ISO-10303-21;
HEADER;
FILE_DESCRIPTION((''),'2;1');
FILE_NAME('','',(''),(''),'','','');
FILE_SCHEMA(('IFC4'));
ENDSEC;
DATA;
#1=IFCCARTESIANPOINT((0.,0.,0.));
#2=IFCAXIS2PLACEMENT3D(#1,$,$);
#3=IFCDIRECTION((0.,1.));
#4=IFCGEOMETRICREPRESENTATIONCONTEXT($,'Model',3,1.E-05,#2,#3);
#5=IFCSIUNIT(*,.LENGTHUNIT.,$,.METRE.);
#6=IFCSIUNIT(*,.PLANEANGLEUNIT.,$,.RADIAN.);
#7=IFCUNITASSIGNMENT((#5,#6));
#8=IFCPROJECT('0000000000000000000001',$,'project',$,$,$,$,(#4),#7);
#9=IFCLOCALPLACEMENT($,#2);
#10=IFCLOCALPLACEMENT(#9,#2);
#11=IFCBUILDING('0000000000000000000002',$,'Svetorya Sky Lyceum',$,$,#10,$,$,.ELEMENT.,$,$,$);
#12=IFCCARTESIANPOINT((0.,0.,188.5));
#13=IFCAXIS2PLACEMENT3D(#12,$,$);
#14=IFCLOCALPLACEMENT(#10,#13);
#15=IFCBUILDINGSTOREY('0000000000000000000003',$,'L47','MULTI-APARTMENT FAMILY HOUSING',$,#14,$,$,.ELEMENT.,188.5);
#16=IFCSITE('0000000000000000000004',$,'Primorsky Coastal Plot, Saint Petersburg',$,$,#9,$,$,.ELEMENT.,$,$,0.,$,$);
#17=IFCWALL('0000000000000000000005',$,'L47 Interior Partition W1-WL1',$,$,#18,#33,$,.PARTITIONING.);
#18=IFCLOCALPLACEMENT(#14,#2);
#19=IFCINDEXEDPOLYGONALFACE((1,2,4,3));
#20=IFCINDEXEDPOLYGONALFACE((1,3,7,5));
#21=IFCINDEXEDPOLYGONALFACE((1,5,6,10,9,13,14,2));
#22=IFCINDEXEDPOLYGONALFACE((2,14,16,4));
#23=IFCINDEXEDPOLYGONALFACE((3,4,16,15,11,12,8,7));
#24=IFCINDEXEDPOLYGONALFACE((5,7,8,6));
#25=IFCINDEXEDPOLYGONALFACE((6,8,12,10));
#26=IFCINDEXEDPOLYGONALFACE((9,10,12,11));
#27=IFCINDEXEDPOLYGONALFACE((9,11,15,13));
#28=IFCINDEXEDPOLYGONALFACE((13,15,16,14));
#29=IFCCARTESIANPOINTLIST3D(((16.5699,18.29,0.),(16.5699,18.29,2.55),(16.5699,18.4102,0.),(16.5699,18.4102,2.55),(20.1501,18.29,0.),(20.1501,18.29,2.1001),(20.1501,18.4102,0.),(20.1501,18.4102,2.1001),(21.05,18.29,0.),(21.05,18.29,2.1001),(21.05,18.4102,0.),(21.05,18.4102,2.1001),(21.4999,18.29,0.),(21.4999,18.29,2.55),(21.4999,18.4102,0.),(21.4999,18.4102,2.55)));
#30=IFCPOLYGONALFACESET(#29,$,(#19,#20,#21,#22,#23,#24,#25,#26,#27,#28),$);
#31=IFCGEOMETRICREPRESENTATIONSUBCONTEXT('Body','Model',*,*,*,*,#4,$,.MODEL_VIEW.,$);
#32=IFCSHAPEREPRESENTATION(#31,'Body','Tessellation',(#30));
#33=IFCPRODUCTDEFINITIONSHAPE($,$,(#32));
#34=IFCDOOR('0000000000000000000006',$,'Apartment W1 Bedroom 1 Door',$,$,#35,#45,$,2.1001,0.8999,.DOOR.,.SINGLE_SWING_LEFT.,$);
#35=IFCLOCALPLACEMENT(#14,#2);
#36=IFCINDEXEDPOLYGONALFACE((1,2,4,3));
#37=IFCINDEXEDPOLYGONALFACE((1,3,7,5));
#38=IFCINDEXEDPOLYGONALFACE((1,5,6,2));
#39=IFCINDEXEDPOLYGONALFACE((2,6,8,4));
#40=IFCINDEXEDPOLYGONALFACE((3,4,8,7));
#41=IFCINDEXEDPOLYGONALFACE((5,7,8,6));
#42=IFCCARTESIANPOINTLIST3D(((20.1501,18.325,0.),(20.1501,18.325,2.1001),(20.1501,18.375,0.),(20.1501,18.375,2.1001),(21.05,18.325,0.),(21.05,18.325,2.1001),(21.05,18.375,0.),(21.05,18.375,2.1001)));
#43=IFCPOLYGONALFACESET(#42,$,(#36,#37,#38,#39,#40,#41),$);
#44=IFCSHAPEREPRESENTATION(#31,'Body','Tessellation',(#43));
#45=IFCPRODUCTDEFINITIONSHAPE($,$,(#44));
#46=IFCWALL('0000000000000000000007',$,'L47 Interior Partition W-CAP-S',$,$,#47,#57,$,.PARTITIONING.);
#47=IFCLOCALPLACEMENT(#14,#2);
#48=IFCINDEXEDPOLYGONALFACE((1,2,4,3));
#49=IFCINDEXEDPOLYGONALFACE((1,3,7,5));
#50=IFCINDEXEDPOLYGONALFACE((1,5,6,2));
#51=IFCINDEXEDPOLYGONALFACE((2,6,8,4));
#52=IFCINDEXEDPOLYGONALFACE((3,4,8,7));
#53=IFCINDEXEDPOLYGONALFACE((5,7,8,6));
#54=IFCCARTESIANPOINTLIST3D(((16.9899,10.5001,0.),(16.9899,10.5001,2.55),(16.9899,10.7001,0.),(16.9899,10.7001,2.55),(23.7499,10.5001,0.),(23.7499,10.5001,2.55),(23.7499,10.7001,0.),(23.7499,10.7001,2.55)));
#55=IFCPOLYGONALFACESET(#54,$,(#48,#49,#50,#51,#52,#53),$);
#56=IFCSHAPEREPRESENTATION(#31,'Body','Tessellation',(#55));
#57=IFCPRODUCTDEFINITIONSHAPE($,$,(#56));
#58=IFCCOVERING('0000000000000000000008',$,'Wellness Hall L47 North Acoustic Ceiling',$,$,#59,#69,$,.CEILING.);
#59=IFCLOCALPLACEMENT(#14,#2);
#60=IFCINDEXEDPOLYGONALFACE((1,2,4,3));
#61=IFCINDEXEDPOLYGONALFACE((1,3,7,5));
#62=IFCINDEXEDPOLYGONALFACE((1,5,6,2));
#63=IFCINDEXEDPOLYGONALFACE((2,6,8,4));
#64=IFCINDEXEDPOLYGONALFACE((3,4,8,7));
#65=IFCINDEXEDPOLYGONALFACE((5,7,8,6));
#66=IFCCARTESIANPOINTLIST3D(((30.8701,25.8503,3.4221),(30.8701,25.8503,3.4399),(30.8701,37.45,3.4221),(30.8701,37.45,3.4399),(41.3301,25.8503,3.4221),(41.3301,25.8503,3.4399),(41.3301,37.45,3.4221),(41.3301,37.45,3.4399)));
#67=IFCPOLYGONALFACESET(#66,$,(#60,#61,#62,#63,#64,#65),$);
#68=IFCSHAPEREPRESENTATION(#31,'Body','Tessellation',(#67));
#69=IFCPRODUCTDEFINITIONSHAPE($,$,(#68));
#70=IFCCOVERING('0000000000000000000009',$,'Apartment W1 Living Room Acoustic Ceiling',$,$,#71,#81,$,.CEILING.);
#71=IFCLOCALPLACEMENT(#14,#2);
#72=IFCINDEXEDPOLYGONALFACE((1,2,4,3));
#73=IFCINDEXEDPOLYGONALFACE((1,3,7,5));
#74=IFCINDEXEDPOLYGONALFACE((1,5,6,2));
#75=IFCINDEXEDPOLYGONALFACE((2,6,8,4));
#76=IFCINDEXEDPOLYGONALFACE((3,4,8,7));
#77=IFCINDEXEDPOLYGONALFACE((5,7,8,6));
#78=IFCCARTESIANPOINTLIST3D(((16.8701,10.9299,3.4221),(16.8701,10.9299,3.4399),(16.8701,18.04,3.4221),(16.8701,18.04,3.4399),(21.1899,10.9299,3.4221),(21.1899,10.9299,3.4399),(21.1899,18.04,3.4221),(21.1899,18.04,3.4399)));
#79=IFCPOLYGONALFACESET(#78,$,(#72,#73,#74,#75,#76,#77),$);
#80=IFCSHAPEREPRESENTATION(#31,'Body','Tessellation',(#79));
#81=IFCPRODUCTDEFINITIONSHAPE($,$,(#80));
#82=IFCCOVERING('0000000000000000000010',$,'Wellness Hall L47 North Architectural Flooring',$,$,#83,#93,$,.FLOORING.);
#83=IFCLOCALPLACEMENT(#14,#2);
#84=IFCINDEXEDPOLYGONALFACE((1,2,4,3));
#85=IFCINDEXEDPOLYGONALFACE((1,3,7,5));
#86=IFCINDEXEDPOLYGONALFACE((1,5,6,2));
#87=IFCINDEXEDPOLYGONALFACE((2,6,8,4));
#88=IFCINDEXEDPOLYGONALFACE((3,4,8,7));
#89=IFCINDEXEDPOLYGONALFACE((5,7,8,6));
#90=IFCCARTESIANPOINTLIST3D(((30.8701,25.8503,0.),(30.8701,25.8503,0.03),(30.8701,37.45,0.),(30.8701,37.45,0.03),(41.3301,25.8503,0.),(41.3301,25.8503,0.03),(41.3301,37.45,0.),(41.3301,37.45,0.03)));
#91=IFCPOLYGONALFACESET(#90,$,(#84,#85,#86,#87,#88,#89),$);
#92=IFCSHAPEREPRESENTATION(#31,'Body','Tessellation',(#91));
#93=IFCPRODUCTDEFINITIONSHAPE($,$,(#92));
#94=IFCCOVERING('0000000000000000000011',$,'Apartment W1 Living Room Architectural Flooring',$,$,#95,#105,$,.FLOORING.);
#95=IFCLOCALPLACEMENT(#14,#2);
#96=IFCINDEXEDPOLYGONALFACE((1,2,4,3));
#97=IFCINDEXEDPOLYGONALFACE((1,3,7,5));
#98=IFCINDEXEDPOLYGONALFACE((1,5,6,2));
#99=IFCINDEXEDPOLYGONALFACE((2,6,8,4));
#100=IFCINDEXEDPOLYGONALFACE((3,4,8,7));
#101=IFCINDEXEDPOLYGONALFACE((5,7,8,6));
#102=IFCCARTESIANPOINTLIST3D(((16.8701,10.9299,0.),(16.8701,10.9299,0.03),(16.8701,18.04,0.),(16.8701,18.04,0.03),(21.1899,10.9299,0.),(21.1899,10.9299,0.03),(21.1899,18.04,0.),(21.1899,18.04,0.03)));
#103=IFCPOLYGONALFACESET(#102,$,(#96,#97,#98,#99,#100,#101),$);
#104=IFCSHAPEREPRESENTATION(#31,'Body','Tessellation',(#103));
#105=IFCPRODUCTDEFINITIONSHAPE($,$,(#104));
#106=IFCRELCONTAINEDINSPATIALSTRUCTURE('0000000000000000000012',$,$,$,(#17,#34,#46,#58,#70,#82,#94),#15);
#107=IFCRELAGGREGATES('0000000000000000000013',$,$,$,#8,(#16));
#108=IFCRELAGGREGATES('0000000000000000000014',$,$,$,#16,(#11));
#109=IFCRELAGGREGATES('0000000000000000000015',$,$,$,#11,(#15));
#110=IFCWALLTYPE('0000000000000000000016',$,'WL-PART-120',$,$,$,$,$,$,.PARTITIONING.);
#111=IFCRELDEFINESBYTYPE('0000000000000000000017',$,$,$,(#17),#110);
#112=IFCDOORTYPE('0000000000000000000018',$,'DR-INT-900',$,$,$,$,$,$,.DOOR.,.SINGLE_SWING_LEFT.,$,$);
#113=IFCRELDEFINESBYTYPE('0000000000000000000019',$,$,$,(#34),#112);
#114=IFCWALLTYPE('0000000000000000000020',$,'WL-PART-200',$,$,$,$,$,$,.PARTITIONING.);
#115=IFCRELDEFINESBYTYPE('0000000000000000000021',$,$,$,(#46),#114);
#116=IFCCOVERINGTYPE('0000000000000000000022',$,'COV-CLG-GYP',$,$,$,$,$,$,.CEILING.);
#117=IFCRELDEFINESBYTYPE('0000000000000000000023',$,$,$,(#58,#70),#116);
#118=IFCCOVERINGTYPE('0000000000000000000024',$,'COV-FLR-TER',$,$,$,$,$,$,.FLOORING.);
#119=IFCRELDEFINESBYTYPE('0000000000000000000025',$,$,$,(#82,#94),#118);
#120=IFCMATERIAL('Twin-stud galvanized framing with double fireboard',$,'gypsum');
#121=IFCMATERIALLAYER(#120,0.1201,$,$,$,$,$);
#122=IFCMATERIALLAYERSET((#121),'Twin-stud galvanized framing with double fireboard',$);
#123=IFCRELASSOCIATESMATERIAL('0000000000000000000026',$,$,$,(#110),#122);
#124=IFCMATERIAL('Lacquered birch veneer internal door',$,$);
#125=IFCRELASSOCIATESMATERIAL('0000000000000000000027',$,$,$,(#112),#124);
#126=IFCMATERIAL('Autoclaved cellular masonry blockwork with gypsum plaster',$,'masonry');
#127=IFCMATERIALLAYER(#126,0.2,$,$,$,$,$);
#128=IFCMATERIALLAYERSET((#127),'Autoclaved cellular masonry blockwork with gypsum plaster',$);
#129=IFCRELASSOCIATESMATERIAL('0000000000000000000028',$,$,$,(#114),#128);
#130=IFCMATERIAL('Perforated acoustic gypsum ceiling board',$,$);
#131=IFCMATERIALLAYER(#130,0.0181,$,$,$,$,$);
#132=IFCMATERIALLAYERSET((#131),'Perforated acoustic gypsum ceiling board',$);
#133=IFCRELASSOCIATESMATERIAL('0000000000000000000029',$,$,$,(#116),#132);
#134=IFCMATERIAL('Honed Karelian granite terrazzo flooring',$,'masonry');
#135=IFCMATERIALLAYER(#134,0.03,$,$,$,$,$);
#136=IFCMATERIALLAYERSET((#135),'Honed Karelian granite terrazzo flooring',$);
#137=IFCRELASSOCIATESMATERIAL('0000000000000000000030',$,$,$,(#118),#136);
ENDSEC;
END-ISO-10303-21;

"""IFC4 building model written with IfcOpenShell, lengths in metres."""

from ifc_helpers import new_model, si_unit, direction, frame, frame_2d, origin, place, context, subcontext, project, spatial, polyline, rectangle, outline, extrude, material, layer, layer_set, type_object, element, fill, save


model = new_model("IFC4")

# Units and contexts
model_context = context("Model", 3, precision=1e-05, world=origin(), true_north=direction((0.0, 1.0)))
body_context = subcontext(model_context, "Body", "Model", "MODEL_VIEW")
ifc_project = project(units=[si_unit("LENGTHUNIT", "METRE"), si_unit("PLANEANGLEUNIT", "RADIAN")], contexts=[model_context])

# Site, building, storey
site_placement = place(None, origin())
site = spatial("IfcSite", under=ifc_project, at=site_placement, Name="Primorsky Coastal Plot, Saint Petersburg", CompositionType="ELEMENT", RefElevation=0.0)
building_placement = place(site_placement, origin())
building = spatial("IfcBuilding", under=site, at=building_placement, Name="Svetorya Sky Lyceum", CompositionType="ELEMENT")
storey_placement = place(building_placement, frame((0.0, 0.0, 188.5)))
storey = spatial("IfcBuildingStorey", under=building, at=storey_placement, Name="L47", Description="MULTI-APARTMENT FAMILY HOUSING", CompositionType="ELEMENT", Elevation=188.5)

# Wall, opening, door
ifc_material_1 = material(Name="Twin-stud galvanized framing with double fireboard", Category="gypsum")
ifc_layer_1 = layer(ifc_material_1, 0.1201)
ifc_layer_set_1 = layer_set([ifc_layer_1], Name="Twin-stud galvanized framing with double fireboard")
wall_type_1 = type_object("IfcWallType", Name="WL-PART-120", PredefinedType="PARTITIONING", material=ifc_layer_set_1)
wall_1_placement = place(storey_placement, frame((16.5701, 18.3501, 0.0), z_axis=(0.0, 0.0, 1.0), x_axis=(1.0, 0.0, 0.0)))
wall_1 = element("IfcWall", 1, at=wall_1_placement, inside=storey, type_object=wall_type_1, Name="L47 Interior Partition W1-WL1", PredefinedType="PARTITIONING", context=body_context, shape_type="SweptSolid", body=[
    extrude(rectangle(XDim=4.9299, YDim=0.1201, at=frame_2d((2.4648, 0.0))), origin(), (0.0, 0.0, 1.0), 2.55),
])
opening_placement = place(wall_1_placement, frame((3.5801, 0.0, 0.0)))
opening = element("IfcOpeningElement", 2, at=opening_placement, cuts=wall_1, PredefinedType="OPENING", context=body_context, shape_type="SweptSolid", body=[
    extrude(rectangle(XDim=0.8999, YDim=2.1001, at=frame_2d((0.45, 1.05))), frame((0.0, 0.0701, 0.0), z_axis=(0.0, -1.0, 0.0), x_axis=(1.0, 0.0, 0.0)), (0.0, 0.0, 1.0), 0.1401),
])
ifc_material_2 = material(Name="Lacquered birch veneer internal door")
door_type = type_object("IfcDoorType", Name="DR-INT-900", OperationType="SINGLE_SWING_LEFT", PredefinedType="DOOR", material=ifc_material_2)
door_placement = place(opening_placement, origin())
door = element("IfcDoor", 3, at=door_placement, inside=storey, type_object=door_type, Name="Apartment W1 Bedroom 1 Door", OperationType="SINGLE_SWING_LEFT", OverallHeight=2.1001, OverallWidth=0.8999, PredefinedType="DOOR", context=body_context, shape_type="SweptSolid", body=[
    extrude(rectangle(XDim=0.8999, YDim=2.1001, at=frame_2d((0.45, 1.05))), frame((0.0, 0.0249, 0.0), z_axis=(0.0, -1.0, 0.0), x_axis=(1.0, 0.0, 0.0)), (0.0, 0.0, 1.0), 0.05),
])
fill(opening, door)

# Wall
ifc_material_3 = material(Name="Autoclaved cellular masonry blockwork with gypsum plaster", Category="masonry")
ifc_layer_2 = layer(ifc_material_3, 0.2)
ifc_layer_set_2 = layer_set([ifc_layer_2], Name="Autoclaved cellular masonry blockwork with gypsum plaster")
wall_type_2 = type_object("IfcWallType", Name="WL-PART-200", PredefinedType="PARTITIONING", material=ifc_layer_set_2)
wall_2_placement = place(storey_placement, frame((16.99, 10.6001, 0.0), z_axis=(0.0, 0.0, 1.0), x_axis=(1.0, 0.0, 0.0)))
element("IfcWall", 4, at=wall_2_placement, inside=storey, type_object=wall_type_2, Name="L47 Interior Partition W-CAP-S", PredefinedType="PARTITIONING", context=body_context, shape_type="SweptSolid", body=[
    extrude(rectangle(XDim=6.76, YDim=0.2, at=frame_2d((3.3799, 0.0))), origin(), (0.0, 0.0, 1.0), 2.55),
])

# Coverings
ifc_material_4 = material(Name="Perforated acoustic gypsum ceiling board")
ifc_layer_3 = layer(ifc_material_4, 0.0181)
ifc_layer_set_3 = layer_set([ifc_layer_3], Name="Perforated acoustic gypsum ceiling board")
covering_type_1 = type_object("IfcCoveringType", Name="COV-CLG-GYP", PredefinedType="CEILING", material=ifc_layer_set_3)
covering_1_placement = place(storey_placement, frame((0.0, 0.0, 3.4221)))
element("IfcCovering", 5, at=covering_1_placement, inside=storey, type_object=covering_type_1, Name="Wellness Hall L47 North Acoustic Ceiling", PredefinedType="CEILING", context=body_context, shape_type="SweptSolid", body=[
    extrude(outline(polyline([(30.8701, 25.8503), (41.3301, 25.8503), (41.3301, 37.45), (30.8701, 37.45), (30.8701, 25.8503)])), origin(), (0.0, 0.0, 1.0), 0.0178),
])
covering_2_placement = place(storey_placement, frame((0.0, 0.0, 3.4221)))
element("IfcCovering", 6, at=covering_2_placement, inside=storey, type_object=covering_type_1, Name="Apartment W1 Living Room Acoustic Ceiling", PredefinedType="CEILING", context=body_context, shape_type="SweptSolid", body=[
    extrude(outline(polyline([(16.8701, 10.9299), (21.1899, 10.9299), (21.1899, 18.04), (16.8701, 18.04), (16.8701, 10.9299)])), origin(), (0.0, 0.0, 1.0), 0.0178),
])
ifc_material_5 = material(Name="Honed Karelian granite terrazzo flooring", Category="masonry")
ifc_layer_4 = layer(ifc_material_5, 0.03)
ifc_layer_set_4 = layer_set([ifc_layer_4], Name="Honed Karelian granite terrazzo flooring")
covering_type_2 = type_object("IfcCoveringType", Name="COV-FLR-TER", PredefinedType="FLOORING", material=ifc_layer_set_4)
covering_3_placement = place(storey_placement, origin())
element("IfcCovering", 7, at=covering_3_placement, inside=storey, type_object=covering_type_2, Name="Wellness Hall L47 North Architectural Flooring", PredefinedType="FLOORING", context=body_context, shape_type="SweptSolid", body=[
    extrude(outline(polyline([(30.8701, 25.8503), (41.3301, 25.8503), (41.3301, 37.45), (30.8701, 37.45), (30.8701, 25.8503)])), origin(), (0.0, 0.0, 1.0), 0.03),
])
covering_4_placement = place(storey_placement, origin())
element("IfcCovering", 8, at=covering_4_placement, inside=storey, type_object=covering_type_2, Name="Apartment W1 Living Room Architectural Flooring", PredefinedType="FLOORING", context=body_context, shape_type="SweptSolid", body=[
    extrude(outline(polyline([(16.8701, 10.9299), (21.1899, 10.9299), (21.1899, 18.04), (16.8701, 18.04), (16.8701, 10.9299)])), origin(), (0.0, 0.0, 1.0), 0.03),
])

save(model, "model.ifc")
